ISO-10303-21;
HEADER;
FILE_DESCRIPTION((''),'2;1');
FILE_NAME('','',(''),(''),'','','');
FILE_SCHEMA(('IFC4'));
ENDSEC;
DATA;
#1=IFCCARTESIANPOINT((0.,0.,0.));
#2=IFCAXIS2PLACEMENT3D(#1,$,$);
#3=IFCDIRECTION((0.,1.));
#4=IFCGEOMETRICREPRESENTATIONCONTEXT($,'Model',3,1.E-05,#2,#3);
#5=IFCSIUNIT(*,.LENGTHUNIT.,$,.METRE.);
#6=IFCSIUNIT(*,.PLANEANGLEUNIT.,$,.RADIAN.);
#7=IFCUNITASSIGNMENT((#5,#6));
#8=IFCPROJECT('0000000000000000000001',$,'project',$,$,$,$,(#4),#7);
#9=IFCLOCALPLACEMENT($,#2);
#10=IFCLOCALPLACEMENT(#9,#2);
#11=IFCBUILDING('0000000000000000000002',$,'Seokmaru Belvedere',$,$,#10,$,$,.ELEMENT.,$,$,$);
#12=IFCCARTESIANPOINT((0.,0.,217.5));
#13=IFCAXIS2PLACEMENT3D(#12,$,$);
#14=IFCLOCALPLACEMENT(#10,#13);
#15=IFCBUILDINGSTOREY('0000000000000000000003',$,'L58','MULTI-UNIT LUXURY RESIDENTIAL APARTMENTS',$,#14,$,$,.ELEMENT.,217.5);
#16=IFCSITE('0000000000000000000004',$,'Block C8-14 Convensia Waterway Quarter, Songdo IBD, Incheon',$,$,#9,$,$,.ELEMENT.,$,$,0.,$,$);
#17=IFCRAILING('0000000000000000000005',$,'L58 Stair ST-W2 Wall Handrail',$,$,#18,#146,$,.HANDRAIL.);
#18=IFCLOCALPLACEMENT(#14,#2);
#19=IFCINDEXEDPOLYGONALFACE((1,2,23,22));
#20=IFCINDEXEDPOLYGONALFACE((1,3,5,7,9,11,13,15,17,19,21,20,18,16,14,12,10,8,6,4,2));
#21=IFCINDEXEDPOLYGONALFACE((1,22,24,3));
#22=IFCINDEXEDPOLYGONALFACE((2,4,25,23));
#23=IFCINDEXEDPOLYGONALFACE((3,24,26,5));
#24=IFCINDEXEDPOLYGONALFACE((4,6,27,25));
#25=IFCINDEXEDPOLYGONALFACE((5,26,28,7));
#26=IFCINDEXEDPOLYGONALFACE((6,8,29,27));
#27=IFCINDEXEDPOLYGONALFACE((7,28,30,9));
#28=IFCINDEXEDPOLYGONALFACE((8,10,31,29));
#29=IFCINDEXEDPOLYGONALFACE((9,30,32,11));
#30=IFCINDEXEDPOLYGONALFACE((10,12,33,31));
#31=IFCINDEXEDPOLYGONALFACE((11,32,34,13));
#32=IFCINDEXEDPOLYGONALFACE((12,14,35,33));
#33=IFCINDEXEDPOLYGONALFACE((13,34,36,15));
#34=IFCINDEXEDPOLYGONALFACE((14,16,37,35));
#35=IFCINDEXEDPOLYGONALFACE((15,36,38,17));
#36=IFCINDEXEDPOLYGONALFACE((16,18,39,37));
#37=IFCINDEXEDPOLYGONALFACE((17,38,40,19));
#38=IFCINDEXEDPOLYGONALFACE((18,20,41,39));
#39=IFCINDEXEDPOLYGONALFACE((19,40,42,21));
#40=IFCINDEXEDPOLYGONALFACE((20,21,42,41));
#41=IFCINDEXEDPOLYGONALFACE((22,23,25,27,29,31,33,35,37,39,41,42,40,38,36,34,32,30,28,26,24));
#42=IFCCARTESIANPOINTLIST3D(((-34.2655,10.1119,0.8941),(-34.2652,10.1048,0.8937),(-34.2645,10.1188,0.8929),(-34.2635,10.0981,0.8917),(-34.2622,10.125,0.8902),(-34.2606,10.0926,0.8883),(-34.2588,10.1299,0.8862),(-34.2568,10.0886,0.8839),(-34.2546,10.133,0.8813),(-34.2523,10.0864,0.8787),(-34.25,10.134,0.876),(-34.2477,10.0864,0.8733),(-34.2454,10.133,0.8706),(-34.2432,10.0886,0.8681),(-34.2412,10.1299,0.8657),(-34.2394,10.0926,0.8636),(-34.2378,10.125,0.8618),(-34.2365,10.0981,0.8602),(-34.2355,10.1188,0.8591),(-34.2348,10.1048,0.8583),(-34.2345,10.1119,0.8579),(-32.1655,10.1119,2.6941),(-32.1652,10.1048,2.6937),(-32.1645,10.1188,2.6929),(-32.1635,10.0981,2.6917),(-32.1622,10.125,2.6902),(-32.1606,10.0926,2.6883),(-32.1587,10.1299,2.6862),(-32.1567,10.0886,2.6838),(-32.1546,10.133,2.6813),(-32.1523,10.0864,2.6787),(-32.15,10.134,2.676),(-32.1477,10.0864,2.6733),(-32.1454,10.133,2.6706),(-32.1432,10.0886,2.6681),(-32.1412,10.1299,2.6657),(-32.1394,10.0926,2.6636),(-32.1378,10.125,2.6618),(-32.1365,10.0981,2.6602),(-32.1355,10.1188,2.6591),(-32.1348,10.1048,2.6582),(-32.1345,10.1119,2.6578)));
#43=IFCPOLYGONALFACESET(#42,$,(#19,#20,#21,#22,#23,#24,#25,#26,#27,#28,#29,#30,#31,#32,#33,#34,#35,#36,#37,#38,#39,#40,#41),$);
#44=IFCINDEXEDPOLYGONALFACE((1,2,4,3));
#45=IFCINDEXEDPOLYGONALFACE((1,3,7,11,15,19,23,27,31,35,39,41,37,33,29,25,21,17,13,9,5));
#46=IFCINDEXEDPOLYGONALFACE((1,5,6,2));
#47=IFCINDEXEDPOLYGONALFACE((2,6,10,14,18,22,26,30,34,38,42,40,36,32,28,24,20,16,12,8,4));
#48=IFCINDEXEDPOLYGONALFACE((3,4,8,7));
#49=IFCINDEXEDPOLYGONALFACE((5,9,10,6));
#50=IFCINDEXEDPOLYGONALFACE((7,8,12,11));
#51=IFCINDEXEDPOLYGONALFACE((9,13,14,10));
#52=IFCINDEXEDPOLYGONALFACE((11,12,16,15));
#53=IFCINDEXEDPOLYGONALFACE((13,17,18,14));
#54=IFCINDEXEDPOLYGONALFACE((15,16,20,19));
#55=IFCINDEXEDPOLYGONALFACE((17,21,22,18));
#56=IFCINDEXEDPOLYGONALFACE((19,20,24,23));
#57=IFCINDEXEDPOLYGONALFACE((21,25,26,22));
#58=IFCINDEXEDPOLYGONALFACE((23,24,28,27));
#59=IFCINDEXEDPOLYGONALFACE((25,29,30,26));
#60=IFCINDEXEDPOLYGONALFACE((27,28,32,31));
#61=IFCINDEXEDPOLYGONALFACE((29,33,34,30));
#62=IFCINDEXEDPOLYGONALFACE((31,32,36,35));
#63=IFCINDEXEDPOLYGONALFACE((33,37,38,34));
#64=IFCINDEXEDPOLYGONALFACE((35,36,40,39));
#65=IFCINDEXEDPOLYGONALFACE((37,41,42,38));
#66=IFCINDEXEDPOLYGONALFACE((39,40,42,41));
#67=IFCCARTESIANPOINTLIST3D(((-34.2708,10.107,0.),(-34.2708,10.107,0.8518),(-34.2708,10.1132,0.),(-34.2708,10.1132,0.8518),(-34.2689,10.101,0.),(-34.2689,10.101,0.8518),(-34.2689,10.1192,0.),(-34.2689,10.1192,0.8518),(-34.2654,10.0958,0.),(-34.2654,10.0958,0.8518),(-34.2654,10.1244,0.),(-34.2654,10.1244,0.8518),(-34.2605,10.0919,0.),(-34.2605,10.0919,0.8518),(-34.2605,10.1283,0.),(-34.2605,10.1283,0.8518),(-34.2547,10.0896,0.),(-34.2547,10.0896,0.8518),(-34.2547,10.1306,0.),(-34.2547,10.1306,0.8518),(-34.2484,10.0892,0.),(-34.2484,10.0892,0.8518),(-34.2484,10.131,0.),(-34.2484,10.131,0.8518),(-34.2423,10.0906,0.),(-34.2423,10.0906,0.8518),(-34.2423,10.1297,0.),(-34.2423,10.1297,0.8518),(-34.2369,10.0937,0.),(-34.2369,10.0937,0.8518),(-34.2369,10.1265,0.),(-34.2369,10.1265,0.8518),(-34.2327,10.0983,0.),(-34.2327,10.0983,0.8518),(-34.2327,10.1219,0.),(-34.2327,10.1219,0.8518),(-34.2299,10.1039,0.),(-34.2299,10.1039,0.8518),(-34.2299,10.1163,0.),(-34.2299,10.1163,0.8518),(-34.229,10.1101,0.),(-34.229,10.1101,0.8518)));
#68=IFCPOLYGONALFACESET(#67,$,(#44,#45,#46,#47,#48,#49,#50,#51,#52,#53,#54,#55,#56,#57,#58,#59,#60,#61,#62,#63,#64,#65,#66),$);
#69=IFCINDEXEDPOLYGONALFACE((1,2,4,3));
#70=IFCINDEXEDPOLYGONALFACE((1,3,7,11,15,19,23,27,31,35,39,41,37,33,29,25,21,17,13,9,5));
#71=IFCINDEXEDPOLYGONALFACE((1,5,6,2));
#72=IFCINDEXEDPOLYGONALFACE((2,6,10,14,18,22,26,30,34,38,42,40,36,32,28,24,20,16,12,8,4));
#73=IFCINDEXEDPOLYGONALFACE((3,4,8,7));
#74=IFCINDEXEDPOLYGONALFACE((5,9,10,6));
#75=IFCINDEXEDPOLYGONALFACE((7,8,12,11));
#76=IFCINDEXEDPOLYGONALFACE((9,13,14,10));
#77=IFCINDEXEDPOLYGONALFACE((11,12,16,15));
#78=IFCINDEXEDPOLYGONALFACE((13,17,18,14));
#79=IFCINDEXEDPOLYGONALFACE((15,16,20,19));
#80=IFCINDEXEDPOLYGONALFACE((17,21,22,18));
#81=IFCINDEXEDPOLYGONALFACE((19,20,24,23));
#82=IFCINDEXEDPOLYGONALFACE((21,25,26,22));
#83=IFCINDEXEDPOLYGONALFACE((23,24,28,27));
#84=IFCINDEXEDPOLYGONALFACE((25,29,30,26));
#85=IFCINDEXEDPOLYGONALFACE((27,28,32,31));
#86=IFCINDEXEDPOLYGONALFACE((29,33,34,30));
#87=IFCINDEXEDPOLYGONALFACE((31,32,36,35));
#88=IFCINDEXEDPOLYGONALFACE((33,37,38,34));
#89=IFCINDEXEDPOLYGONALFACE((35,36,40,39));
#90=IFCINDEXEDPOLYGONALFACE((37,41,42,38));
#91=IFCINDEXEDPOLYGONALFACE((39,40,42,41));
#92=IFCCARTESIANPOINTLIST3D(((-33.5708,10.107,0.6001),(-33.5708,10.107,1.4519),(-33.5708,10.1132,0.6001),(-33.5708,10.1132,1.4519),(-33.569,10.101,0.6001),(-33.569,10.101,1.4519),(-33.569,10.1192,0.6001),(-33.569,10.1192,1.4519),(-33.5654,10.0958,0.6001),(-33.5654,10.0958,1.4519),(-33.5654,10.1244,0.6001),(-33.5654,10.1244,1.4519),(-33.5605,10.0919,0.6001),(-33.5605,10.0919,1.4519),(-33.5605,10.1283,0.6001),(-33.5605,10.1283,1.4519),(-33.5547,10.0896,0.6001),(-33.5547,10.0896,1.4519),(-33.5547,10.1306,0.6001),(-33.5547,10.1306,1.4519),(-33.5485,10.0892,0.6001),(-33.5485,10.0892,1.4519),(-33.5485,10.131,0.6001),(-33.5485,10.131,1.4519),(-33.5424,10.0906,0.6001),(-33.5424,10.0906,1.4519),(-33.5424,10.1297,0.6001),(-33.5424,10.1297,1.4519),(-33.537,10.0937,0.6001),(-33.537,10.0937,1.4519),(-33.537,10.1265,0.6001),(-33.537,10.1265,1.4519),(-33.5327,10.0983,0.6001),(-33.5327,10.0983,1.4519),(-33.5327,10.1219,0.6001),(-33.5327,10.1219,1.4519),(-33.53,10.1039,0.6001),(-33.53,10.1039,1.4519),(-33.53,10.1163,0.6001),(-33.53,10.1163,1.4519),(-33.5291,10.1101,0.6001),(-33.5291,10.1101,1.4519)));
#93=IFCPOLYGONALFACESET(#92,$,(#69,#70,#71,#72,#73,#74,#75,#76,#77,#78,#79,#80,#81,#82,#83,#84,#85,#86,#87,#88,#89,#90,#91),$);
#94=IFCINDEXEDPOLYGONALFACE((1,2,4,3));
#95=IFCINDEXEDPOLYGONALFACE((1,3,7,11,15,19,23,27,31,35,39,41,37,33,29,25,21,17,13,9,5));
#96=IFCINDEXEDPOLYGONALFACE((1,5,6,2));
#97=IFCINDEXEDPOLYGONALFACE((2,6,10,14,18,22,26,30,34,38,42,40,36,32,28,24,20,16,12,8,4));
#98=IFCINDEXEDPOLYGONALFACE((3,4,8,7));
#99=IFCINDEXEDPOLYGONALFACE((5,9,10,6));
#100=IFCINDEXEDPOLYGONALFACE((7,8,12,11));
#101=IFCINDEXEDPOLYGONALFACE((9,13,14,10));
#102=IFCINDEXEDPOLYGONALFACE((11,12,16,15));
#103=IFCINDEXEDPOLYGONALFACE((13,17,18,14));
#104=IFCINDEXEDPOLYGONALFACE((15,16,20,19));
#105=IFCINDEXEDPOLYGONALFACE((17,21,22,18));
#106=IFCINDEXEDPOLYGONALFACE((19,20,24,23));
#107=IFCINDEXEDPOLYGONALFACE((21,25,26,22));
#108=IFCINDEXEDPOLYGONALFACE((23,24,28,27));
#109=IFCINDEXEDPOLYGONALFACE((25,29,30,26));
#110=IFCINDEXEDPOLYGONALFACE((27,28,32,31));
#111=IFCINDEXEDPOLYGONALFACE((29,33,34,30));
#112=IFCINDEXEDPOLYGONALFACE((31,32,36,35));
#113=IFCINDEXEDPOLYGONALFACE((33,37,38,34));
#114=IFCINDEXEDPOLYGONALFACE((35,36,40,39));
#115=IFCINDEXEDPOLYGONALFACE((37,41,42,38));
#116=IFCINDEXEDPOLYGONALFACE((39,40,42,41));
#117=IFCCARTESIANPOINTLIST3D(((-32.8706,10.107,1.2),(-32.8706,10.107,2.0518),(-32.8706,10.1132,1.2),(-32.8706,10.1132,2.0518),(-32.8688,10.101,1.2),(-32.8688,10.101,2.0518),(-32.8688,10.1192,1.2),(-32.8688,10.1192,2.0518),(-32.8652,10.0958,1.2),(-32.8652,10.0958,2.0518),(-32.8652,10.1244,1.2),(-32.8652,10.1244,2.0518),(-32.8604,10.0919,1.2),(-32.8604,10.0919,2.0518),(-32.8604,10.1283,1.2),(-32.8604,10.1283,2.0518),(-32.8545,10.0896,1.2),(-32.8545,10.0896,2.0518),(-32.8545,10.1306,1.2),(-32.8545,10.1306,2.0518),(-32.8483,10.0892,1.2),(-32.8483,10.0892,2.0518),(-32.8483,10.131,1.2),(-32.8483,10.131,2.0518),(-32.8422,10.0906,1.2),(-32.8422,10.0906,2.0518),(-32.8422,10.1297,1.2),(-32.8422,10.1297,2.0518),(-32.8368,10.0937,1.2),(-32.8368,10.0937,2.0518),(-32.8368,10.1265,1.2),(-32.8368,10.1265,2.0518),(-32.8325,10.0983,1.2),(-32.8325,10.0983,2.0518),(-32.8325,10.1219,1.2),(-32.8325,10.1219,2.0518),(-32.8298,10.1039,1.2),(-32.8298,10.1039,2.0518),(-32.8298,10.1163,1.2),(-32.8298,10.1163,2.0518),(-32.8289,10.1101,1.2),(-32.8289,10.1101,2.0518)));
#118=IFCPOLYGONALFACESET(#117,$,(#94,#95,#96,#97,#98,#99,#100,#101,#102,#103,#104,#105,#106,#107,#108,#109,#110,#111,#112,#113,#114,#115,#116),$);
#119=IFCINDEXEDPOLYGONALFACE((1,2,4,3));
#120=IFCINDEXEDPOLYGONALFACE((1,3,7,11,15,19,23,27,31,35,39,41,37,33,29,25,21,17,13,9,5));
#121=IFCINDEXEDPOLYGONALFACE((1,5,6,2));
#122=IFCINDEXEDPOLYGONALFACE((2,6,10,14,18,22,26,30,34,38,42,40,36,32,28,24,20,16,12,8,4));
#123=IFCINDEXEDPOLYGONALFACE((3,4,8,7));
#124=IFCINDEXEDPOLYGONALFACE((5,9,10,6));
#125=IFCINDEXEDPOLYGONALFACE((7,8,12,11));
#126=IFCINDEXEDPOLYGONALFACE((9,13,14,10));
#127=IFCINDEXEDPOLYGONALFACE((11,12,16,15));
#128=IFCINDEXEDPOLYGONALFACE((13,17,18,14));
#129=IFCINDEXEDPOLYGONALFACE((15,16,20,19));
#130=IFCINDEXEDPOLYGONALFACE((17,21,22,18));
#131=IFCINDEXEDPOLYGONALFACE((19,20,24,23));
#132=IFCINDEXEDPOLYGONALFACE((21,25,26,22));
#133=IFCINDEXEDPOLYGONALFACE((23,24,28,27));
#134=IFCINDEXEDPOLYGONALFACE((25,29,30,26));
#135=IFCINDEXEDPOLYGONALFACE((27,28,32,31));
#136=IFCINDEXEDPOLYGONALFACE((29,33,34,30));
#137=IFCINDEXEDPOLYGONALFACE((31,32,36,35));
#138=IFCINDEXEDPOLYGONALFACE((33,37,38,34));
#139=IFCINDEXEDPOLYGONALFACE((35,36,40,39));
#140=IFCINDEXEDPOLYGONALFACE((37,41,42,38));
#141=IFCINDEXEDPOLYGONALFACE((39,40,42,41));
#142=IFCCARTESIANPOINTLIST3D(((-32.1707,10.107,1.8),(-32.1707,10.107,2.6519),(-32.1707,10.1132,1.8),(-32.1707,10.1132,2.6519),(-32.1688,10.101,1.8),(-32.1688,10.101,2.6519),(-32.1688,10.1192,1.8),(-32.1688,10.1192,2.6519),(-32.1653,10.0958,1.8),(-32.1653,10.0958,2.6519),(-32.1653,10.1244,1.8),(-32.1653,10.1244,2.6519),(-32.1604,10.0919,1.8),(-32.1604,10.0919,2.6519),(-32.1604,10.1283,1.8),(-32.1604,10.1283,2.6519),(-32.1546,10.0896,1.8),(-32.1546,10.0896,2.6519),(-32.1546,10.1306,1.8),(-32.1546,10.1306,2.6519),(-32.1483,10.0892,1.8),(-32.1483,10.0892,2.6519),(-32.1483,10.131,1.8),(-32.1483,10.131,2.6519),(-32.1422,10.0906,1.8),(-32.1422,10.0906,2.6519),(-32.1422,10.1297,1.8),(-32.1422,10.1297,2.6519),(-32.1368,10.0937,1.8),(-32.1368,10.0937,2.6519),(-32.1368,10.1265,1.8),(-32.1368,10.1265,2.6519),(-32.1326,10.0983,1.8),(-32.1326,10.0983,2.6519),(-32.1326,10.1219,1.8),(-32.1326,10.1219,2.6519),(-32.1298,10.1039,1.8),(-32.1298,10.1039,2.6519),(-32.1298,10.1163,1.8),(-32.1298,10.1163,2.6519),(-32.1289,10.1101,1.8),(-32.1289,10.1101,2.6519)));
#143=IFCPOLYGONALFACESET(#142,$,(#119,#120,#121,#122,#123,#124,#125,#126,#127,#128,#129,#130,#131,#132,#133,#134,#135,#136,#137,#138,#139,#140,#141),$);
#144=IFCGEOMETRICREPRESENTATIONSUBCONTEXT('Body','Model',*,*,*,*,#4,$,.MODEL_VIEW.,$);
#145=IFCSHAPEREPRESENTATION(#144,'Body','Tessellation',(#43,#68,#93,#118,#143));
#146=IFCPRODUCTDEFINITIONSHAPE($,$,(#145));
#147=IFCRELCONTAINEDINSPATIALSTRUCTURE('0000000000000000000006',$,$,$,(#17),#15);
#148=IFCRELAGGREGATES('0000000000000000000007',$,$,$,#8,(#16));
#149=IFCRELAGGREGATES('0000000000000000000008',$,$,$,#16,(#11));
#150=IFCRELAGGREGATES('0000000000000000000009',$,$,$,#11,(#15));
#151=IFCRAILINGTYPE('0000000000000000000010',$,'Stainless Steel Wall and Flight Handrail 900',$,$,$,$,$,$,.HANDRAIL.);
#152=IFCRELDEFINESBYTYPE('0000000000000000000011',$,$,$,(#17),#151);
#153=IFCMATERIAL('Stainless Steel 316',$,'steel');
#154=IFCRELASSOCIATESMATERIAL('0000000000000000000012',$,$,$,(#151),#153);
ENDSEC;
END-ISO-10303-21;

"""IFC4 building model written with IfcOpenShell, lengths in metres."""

from ifc_helpers import new_model, si_unit, direction, frame, origin, origin_2d, place, context, subcontext, project, spatial, circle, extrude, material, type_object, element, save


model = new_model("IFC4")

# Units and contexts
model_context = context("Model", 3, precision=1e-05, world=origin(), true_north=direction((0.0, 1.0)))
body_context = subcontext(model_context, "Body", "Model", "MODEL_VIEW")
ifc_project = project(units=[si_unit("LENGTHUNIT", "METRE"), si_unit("PLANEANGLEUNIT", "RADIAN")], contexts=[model_context])

# Site, building, storey
site_placement = place(None, origin())
site = spatial("IfcSite", under=ifc_project, at=site_placement, Name="Block C8-14 Convensia Waterway Quarter, Songdo IBD, Incheon", CompositionType="ELEMENT", RefElevation=0.0)
building_placement = place(site_placement, origin())
building = spatial("IfcBuilding", under=site, at=building_placement, Name="Seokmaru Belvedere", CompositionType="ELEMENT")
storey_placement = place(building_placement, frame((0.0, 0.0, 217.5)))
storey = spatial("IfcBuildingStorey", under=building, at=storey_placement, Name="L58", Description="MULTI-UNIT LUXURY RESIDENTIAL APARTMENTS", CompositionType="ELEMENT", Elevation=217.5)

# Shared definitions
ifc_material_1 = material(Name="Stainless Steel 316", Category="steel")

# Railing
railing_type_1 = type_object("IfcRailingType", Name="Stainless Steel Wall and Flight Handrail 900", PredefinedType="HANDRAIL", material=ifc_material_1)
railing_1_placement = place(storey_placement, frame((-34.25, 10.1101, 0.0)))
element("IfcRailing", 1, at=railing_1_placement, inside=storey, type_object=railing_type_1, Name="L58 Stair ST-W2 Wall Handrail", PredefinedType="HANDRAIL", context=body_context, shape_type="SweptSolid", body=[
    extrude(circle(Radius=0.0239, at=origin_2d()), frame((0.0, 0.0, 0.876), z_axis=(0.759263, 0.0, 0.650784), x_axis=(0.0, 1.0, 0.0)), (0.0, 0.0, 1.0), 2.7659),
    extrude(circle(Radius=0.021, at=origin_2d()), origin(), (0.0, 0.0, 1.0), 0.8518),
    extrude(circle(Radius=0.021, at=origin_2d()), frame((0.7, 0.0, 0.6001)), (0.0, 0.0, 1.0), 0.8518),
    extrude(circle(Radius=0.021, at=origin_2d()), frame((1.4001, 0.0, 1.2)), (0.0, 0.0, 1.0), 0.8518),
    extrude(circle(Radius=0.021, at=origin_2d()), frame((2.1001, 0.0, 1.8)), (0.0, 0.0, 1.0), 0.8518),
])

save(model, "model.ifc")
